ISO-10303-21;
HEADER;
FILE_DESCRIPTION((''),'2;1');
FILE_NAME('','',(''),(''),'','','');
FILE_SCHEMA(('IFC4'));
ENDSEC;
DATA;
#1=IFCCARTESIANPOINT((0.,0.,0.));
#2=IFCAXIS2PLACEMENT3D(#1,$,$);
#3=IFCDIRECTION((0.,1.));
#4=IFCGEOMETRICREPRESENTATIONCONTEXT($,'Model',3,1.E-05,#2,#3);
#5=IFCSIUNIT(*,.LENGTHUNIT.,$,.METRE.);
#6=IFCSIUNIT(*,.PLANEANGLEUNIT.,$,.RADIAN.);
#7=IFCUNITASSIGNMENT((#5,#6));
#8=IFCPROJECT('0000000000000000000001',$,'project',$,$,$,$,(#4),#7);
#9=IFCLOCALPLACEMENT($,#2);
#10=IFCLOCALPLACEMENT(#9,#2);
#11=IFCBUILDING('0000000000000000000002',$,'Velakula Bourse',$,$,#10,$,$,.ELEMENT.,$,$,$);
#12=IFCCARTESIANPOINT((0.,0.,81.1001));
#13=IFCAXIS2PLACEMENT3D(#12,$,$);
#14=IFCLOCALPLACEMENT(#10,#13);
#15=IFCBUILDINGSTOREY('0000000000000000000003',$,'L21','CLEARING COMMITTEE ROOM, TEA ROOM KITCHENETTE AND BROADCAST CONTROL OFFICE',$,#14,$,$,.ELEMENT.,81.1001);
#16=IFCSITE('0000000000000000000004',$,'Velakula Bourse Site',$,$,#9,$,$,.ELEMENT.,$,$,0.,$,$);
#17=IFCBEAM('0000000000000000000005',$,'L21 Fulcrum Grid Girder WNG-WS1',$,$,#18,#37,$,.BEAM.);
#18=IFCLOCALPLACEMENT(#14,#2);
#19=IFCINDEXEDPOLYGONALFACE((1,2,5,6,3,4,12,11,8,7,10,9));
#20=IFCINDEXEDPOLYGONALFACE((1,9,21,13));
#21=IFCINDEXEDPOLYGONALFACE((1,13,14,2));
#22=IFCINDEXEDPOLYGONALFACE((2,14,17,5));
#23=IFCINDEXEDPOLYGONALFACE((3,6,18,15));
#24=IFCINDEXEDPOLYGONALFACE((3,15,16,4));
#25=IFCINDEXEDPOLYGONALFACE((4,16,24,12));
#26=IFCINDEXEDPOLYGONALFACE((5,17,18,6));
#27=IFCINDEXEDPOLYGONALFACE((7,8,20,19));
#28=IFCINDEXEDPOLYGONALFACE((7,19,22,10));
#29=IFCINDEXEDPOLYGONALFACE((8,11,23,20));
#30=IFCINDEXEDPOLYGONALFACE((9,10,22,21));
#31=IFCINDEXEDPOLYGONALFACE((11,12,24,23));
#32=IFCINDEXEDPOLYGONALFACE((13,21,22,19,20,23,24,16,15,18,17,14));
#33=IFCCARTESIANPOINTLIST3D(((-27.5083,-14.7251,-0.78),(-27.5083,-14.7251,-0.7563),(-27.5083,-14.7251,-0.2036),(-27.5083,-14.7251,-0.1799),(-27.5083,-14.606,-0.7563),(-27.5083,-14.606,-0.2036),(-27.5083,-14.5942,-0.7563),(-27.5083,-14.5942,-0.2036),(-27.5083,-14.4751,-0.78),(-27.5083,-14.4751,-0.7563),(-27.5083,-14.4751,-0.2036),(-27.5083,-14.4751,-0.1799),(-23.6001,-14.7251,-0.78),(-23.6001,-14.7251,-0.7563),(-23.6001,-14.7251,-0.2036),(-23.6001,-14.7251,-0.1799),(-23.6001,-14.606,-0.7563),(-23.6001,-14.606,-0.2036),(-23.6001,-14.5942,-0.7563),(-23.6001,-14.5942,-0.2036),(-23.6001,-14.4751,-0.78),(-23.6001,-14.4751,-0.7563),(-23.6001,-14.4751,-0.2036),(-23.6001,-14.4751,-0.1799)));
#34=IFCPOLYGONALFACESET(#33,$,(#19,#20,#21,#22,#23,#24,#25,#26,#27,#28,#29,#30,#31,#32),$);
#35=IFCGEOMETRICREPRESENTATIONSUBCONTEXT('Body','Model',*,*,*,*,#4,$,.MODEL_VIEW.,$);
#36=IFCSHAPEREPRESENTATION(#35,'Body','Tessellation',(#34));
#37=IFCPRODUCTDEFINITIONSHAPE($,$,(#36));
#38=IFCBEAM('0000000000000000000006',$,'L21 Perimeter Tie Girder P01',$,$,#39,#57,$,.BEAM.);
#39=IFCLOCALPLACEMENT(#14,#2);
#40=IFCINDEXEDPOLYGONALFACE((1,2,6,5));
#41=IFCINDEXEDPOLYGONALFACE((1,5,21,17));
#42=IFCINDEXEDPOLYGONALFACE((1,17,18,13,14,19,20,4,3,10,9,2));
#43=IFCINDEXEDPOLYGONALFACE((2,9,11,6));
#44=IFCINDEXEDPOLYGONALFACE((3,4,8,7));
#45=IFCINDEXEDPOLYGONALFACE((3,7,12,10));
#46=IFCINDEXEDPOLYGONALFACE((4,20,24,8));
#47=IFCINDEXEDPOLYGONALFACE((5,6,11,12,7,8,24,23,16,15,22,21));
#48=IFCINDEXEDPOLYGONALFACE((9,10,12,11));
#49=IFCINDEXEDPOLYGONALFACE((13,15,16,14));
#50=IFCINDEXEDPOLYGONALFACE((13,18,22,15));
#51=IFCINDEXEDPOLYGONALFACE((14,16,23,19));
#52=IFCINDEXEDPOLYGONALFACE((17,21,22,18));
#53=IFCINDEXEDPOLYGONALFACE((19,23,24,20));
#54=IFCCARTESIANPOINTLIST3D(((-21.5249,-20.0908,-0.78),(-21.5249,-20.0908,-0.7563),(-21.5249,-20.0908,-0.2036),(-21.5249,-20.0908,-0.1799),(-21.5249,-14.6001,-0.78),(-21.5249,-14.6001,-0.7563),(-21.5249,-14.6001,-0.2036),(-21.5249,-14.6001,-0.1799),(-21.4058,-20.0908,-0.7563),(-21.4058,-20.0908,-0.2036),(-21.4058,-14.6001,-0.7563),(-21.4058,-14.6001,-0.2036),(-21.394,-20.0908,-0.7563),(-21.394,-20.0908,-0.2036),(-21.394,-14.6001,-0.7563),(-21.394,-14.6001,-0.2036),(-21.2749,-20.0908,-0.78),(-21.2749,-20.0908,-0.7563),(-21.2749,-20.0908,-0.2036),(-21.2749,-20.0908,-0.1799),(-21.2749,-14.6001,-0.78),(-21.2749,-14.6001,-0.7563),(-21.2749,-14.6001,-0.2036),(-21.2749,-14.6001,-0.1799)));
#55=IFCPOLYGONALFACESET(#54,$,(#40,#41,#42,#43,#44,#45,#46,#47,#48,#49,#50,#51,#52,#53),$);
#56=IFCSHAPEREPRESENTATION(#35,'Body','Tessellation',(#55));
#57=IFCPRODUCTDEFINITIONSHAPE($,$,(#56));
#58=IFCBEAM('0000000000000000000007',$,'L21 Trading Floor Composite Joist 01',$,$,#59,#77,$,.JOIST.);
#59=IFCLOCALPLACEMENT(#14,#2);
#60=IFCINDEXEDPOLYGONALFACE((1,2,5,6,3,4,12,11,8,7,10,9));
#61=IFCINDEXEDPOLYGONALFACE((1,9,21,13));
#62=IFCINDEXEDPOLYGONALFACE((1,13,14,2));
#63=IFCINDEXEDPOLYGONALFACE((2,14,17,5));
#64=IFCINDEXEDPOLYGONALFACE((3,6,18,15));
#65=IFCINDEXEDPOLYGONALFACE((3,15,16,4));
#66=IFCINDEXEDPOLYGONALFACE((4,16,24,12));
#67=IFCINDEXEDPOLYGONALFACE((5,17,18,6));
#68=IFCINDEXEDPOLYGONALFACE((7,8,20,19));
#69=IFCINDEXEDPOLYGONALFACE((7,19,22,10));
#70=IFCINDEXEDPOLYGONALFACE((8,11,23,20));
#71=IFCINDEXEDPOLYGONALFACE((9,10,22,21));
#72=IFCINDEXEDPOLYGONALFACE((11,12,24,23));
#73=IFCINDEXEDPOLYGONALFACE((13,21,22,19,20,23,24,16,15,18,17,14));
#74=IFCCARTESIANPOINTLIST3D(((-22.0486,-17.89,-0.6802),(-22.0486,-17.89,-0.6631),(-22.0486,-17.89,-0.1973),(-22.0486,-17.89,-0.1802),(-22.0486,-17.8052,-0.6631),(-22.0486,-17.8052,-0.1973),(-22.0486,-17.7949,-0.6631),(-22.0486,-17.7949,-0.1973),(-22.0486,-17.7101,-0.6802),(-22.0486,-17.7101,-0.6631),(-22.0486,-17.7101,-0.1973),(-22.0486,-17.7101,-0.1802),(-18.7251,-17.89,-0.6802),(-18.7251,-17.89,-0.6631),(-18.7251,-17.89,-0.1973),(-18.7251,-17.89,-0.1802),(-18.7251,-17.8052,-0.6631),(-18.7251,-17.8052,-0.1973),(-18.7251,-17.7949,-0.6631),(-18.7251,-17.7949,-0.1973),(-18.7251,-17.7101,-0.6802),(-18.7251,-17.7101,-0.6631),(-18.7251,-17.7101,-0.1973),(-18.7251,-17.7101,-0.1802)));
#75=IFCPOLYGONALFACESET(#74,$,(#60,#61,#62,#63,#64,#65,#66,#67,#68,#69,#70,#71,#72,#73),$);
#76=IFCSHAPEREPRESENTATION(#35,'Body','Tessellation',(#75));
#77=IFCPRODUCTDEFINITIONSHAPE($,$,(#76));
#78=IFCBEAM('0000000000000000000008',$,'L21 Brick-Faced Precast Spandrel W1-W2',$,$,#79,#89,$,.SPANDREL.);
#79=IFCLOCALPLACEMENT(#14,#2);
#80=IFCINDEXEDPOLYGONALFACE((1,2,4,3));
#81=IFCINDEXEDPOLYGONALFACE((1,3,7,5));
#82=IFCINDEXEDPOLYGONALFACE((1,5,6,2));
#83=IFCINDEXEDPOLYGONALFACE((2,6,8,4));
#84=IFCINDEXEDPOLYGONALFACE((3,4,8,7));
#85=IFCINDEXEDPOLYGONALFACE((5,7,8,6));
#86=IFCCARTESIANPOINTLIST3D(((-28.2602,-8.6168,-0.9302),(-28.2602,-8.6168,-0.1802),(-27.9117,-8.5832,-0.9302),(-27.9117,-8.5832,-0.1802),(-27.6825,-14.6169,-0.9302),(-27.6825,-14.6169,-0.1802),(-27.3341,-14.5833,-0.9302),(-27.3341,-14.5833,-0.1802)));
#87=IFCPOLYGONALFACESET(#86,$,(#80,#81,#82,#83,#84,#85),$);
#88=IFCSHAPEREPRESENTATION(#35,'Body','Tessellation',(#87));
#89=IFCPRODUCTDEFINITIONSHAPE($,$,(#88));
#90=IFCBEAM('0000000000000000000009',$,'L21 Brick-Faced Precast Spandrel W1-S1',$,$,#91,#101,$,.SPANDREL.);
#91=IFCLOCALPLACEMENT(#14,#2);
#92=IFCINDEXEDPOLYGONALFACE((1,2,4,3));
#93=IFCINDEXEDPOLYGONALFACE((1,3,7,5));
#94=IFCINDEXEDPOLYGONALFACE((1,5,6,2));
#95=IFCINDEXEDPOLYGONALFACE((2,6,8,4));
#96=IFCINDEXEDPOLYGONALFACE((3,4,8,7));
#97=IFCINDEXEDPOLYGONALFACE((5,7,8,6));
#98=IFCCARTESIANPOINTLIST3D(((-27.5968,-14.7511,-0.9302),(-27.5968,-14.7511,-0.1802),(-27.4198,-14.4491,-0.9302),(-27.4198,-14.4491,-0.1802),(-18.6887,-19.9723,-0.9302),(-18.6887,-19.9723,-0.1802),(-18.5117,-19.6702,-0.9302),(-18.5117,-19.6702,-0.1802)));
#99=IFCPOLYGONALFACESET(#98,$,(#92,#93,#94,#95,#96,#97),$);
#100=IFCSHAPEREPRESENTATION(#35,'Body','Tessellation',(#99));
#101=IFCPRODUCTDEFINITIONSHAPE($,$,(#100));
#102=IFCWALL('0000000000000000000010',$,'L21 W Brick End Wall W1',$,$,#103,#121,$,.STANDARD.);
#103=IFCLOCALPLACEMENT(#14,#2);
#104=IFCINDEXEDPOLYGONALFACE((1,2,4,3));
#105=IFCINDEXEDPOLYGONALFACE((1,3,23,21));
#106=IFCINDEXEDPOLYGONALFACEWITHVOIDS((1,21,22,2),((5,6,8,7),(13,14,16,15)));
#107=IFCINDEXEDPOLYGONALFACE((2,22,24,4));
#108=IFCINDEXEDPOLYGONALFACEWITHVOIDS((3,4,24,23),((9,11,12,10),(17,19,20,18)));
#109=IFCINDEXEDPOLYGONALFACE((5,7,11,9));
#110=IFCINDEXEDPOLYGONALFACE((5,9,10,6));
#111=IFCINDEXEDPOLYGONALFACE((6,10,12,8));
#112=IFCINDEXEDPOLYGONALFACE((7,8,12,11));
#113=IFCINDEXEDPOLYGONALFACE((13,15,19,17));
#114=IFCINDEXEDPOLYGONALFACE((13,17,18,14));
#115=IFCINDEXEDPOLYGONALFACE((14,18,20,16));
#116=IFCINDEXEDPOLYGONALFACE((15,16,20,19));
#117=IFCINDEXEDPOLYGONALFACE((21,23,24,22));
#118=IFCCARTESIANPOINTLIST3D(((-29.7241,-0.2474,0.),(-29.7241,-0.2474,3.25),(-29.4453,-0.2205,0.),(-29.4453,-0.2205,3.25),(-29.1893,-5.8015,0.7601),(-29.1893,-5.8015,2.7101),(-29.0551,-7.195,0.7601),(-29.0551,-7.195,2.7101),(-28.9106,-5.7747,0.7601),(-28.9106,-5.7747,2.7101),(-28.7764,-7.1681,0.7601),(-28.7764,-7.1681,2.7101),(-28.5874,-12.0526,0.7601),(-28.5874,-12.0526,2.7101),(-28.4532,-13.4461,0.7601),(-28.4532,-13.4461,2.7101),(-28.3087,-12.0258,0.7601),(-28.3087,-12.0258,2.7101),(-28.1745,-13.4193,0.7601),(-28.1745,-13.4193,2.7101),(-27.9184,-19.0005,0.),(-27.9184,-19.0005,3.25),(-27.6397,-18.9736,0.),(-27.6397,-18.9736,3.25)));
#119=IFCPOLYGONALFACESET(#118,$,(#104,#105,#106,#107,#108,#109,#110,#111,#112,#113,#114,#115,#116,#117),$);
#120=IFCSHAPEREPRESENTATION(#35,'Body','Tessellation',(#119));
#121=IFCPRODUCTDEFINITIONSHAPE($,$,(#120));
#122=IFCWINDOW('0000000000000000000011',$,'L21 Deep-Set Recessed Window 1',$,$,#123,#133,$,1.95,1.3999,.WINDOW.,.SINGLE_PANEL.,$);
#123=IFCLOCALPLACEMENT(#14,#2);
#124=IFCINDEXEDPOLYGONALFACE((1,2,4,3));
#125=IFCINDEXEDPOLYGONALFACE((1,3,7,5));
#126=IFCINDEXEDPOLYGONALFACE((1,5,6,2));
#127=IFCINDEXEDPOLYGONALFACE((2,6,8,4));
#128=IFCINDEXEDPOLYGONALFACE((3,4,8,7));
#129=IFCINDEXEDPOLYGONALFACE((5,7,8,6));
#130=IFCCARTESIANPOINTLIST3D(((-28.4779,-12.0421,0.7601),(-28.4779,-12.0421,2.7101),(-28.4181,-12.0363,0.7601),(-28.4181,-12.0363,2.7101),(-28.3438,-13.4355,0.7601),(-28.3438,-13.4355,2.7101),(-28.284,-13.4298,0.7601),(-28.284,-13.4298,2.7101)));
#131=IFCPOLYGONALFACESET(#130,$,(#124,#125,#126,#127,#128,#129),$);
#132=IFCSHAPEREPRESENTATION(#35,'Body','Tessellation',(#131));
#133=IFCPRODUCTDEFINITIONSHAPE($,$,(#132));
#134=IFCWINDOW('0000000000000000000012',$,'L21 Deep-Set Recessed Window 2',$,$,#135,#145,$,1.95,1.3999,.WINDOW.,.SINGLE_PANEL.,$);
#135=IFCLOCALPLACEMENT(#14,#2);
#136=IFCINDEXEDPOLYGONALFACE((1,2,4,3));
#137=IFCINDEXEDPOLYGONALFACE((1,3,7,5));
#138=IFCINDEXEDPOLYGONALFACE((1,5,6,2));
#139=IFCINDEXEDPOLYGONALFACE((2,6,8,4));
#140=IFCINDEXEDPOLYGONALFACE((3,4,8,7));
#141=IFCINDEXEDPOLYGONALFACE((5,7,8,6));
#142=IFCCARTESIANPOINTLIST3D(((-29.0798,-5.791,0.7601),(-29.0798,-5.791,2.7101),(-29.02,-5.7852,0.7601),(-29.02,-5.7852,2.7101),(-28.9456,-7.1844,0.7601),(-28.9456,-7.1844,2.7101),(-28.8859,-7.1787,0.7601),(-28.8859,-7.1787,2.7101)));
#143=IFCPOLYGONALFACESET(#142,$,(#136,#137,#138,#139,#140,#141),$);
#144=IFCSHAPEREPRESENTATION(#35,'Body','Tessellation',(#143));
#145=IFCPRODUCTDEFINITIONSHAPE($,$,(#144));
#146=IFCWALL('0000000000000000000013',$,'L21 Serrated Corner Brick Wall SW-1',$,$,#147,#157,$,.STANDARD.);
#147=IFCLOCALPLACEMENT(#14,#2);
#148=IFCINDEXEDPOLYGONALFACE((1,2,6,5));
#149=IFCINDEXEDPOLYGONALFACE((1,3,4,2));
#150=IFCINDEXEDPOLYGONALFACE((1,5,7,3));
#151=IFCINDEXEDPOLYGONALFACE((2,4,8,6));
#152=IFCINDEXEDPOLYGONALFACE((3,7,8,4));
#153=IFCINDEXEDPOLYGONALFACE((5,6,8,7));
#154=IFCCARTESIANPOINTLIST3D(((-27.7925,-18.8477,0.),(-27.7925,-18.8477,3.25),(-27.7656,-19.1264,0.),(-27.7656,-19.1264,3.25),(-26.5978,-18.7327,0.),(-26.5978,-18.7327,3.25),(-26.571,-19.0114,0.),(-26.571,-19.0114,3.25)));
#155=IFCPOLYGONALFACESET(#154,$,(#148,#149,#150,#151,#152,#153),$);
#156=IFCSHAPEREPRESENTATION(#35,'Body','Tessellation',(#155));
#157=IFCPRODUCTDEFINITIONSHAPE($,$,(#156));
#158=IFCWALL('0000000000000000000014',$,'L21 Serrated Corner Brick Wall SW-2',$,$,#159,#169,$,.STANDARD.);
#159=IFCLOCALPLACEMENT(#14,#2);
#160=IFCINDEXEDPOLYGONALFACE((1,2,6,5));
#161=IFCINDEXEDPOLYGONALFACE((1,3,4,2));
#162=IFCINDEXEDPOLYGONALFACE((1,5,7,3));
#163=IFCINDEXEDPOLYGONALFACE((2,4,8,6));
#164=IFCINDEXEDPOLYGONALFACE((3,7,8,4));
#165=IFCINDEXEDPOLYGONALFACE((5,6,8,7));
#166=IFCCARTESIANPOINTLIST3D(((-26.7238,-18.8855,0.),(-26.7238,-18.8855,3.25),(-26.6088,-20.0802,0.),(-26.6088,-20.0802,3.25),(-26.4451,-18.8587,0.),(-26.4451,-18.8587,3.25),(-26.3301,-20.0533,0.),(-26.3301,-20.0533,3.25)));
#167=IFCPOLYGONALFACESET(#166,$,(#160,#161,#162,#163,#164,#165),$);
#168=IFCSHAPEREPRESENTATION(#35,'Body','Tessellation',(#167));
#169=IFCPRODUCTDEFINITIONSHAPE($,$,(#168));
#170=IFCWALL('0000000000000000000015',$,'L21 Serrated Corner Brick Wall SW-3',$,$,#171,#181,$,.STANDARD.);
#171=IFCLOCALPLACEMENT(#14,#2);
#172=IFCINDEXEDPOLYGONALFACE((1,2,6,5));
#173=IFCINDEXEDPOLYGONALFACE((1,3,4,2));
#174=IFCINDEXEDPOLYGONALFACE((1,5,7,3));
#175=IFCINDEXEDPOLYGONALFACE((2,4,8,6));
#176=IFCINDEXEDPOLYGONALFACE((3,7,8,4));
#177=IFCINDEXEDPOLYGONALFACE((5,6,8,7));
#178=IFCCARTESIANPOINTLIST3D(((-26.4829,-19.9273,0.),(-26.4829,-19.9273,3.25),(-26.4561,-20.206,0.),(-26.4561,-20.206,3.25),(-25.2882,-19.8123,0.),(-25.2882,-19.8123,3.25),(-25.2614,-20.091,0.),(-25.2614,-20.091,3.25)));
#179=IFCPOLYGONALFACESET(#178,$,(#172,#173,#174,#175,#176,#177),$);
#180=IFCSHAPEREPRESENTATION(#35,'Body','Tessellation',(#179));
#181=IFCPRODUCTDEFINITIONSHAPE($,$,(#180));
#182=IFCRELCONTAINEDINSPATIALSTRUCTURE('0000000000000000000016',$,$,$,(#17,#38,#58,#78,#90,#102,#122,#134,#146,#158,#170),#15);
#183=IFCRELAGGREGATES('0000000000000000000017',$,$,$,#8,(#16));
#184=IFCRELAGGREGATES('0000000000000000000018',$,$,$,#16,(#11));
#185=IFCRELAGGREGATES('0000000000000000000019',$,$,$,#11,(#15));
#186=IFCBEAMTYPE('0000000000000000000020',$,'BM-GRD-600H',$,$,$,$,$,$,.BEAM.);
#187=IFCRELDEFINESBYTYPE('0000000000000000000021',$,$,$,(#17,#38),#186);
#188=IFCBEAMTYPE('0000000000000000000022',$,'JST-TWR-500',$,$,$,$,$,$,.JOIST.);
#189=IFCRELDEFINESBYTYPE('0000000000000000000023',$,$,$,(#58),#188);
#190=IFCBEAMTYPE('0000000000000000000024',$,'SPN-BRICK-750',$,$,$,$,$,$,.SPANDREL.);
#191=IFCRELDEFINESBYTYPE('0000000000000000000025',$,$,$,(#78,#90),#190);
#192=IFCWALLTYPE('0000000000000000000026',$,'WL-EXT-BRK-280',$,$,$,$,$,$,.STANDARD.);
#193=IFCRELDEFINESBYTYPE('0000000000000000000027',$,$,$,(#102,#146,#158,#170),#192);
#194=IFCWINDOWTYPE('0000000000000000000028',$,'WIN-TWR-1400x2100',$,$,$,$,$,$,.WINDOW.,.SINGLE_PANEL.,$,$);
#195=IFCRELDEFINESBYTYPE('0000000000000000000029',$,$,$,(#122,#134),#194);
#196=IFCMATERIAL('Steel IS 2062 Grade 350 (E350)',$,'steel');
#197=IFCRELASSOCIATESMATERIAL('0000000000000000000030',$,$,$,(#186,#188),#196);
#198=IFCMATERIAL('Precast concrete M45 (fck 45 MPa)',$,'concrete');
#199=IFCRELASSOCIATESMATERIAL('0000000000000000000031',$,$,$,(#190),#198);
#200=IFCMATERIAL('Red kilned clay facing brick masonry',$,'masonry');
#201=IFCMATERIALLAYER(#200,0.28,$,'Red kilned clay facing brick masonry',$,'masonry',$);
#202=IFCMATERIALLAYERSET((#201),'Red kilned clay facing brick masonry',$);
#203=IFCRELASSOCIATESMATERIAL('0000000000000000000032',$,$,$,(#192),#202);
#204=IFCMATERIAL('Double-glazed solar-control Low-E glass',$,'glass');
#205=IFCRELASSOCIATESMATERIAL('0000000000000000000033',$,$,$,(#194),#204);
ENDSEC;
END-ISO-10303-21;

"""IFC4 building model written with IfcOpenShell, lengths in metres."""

from ifc_helpers import new_model, si_unit, direction, frame, frame_2d, origin, origin_2d, place, context, subcontext, project, spatial, rectangle, i_section, extrude, material, layer, layer_set, material_profile, profile_set, type_object, element, fill, save


model = new_model("IFC4")

# Units and contexts
model_context = context("Model", 3, precision=1e-05, world=origin(), true_north=direction((0.0, 1.0)))
body_context = subcontext(model_context, "Body", "Model", "MODEL_VIEW")
ifc_project = project(units=[si_unit("LENGTHUNIT", "METRE"), si_unit("PLANEANGLEUNIT", "RADIAN")], contexts=[model_context])

# Site, building, storey
site_placement = place(None, origin())
site = spatial("IfcSite", under=ifc_project, at=site_placement, Name="Velakula Bourse Site", CompositionType="ELEMENT", RefElevation=0.0)
building_placement = place(site_placement, origin())
building = spatial("IfcBuilding", under=site, at=building_placement, Name="Velakula Bourse", CompositionType="ELEMENT")
storey_placement = place(building_placement, frame((0.0, 0.0, 81.1001)))
storey = spatial("IfcBuildingStorey", under=building, at=storey_placement, Name="L21", Description="CLEARING COMMITTEE ROOM, TEA ROOM KITCHENETTE AND BROADCAST CONTROL OFFICE", CompositionType="ELEMENT", Elevation=81.1001)

# Shared definitions
ifc_material_1 = material(Name="Precast concrete M45 (fck 45 MPa)", Category="concrete")

# Beams
ifc_material_2 = material(Name="Steel IS 2062 Grade 350 (E350)", Category="steel")
ifc_material_profile_1 = material_profile(ifc_material_2, i_section(OverallWidth=0.25, OverallDepth=0.6001, WebThickness=0.0117, FlangeThickness=0.0237, at=origin_2d()), Name="Steel IS 2062 Grade 350 (E350)")
ifc_profile_set_1 = profile_set([ifc_material_profile_1], Name="Steel IS 2062 Grade 350 (E350)")
beam_type_1 = type_object("IfcBeamType", Name="BM-GRD-600H", PredefinedType="BEAM", material=ifc_profile_set_1)
beam_1_placement = place(storey_placement, frame((-27.5083, -14.6001, -0.48), z_axis=(1.0, 0.0, 0.0), x_axis=(0.0, 1.0, 0.0)))
element("IfcBeam", 1, at=beam_1_placement, inside=storey, type_object=beam_type_1, Name="L21 Fulcrum Grid Girder WNG-WS1", PredefinedType="BEAM", context=body_context, shape_type="SweptSolid", body=[
    extrude(i_section(OverallWidth=0.25, OverallDepth=0.6001, WebThickness=0.0117, FlangeThickness=0.0237, at=origin_2d()), origin(), (0.0, 0.0, 1.0), 3.9082),
])
beam_2_placement = place(storey_placement, frame((-21.3999, -14.6001, -0.48), z_axis=(0.0, -1.0, 0.0), x_axis=(1.0, 0.0, 0.0)))
element("IfcBeam", 2, at=beam_2_placement, inside=storey, type_object=beam_type_1, Name="L21 Perimeter Tie Girder P01", PredefinedType="BEAM", context=body_context, shape_type="SweptSolid", body=[
    extrude(i_section(OverallWidth=0.25, OverallDepth=0.6001, WebThickness=0.0117, FlangeThickness=0.0237, at=origin_2d()), origin(), (0.0, 0.0, 1.0), 5.4907),
])
ifc_material_profile_2 = material_profile(ifc_material_2, i_section(OverallWidth=0.1799, OverallDepth=0.5, WebThickness=0.0103, FlangeThickness=0.0171, at=origin_2d()), Name="Steel IS 2062 Grade 350 (E350)")
ifc_profile_set_2 = profile_set([ifc_material_profile_2], Name="Steel IS 2062 Grade 350 (E350)")
beam_type_2 = type_object("IfcBeamType", Name="JST-TWR-500", PredefinedType="JOIST", material=ifc_profile_set_2)
beam_3_placement = place(storey_placement, frame((-22.0486, -17.8, -0.4302), z_axis=(1.0, 0.0, 0.0), x_axis=(0.0, 1.0, 0.0)))
element("IfcBeam", 3, at=beam_3_placement, inside=storey, type_object=beam_type_2, Name="L21 Trading Floor Composite Joist 01", PredefinedType="JOIST", context=body_context, shape_type="SweptSolid", body=[
    extrude(i_section(OverallWidth=0.1799, OverallDepth=0.5, WebThickness=0.0103, FlangeThickness=0.0171, at=origin_2d()), origin(), (0.0, 0.0, 1.0), 3.3235),
])
ifc_material_profile_3 = material_profile(ifc_material_1, rectangle(XDim=0.3501, YDim=0.75, at=origin_2d()), Name="Precast concrete M45 (fck 45 MPa)")
ifc_profile_set_3 = profile_set([ifc_material_profile_3], Name="Precast concrete M45 (fck 45 MPa)")
beam_type_3 = type_object("IfcBeamType", Name="SPN-BRICK-750", PredefinedType="SPANDREL", material=ifc_profile_set_3)
beam_4_placement = place(storey_placement, frame((-27.5083, -14.6001, -0.5552), z_axis=(-0.09583, 0.995398, 0.0), x_axis=(-0.995398, -0.09583, 0.0)))
element("IfcBeam", 4, at=beam_4_placement, inside=storey, type_object=beam_type_3, Name="L21 Brick-Faced Precast Spandrel W1-W2", PredefinedType="SPANDREL", context=body_context, shape_type="SweptSolid", body=[
    extrude(rectangle(XDim=0.3501, YDim=0.75, at=origin_2d()), origin(), (0.0, 0.0, 1.0), 6.0278),
])
beam_5_placement = place(storey_placement, frame((-27.5083, -14.6001, -0.5552), z_axis=(0.862734, -0.505658, 0.0), x_axis=(0.505658, 0.862734, 0.0)))
element("IfcBeam", 5, at=beam_5_placement, inside=storey, type_object=beam_type_3, Name="L21 Brick-Faced Precast Spandrel W1-S1", PredefinedType="SPANDREL", context=body_context, shape_type="SweptSolid", body=[
    extrude(rectangle(XDim=0.3501, YDim=0.75, at=origin_2d()), origin(), (0.0, 0.0, 1.0), 10.3254),
])

# Wall, openings, windows
ifc_material_3 = material(Name="Red kilned clay facing brick masonry", Category="masonry")
ifc_layer_1 = layer(ifc_material_3, 0.28, Name="Red kilned clay facing brick masonry", Category="masonry")
ifc_layer_set_1 = layer_set([ifc_layer_1], Name="Red kilned clay facing brick masonry")
wall_type_1 = type_object("IfcWallType", Name="WL-EXT-BRK-280", PredefinedType="STANDARD", material=ifc_layer_set_1)
wall_1_placement = place(storey_placement, frame((-27.7791, -18.9871, 0.0), z_axis=(0.0, 0.0, 1.0), x_axis=(-0.095843, 0.995397, 0.0)))
wall_1 = element("IfcWall", 6, at=wall_1_placement, inside=storey, type_object=wall_type_1, Name="L21 W Brick End Wall W1", PredefinedType="STANDARD", context=body_context, shape_type="SweptSolid", body=[
    extrude(rectangle(XDim=18.8398, YDim=0.28, at=frame_2d((9.4199, 0.0))), origin(), (0.0, 0.0, 1.0), 3.25),
])
opening_1_placement = place(wall_1_placement, frame((5.5801, 0.0, 0.76)))
opening_1 = element("IfcOpeningElement", 7, at=opening_1_placement, cuts=wall_1, PredefinedType="OPENING", context=body_context, shape_type="SweptSolid", body=[
    extrude(rectangle(XDim=1.3999, YDim=1.95, at=frame_2d((0.7, 0.9751))), frame((0.0, 0.1499, 0.0), z_axis=(0.0, -1.0, 0.0), x_axis=(1.0, 0.0, 0.0)), (0.0, 0.0, 1.0), 0.3),
])
opening_2_placement = place(wall_1_placement, frame((11.8601, 0.0, 0.76)))
opening_2 = element("IfcOpeningElement", 8, at=opening_2_placement, cuts=wall_1, PredefinedType="OPENING", context=body_context, shape_type="SweptSolid", body=[
    extrude(rectangle(XDim=1.3999, YDim=1.95, at=frame_2d((0.7, 0.9751))), frame((0.0, 0.1499, 0.0), z_axis=(0.0, -1.0, 0.0), x_axis=(1.0, 0.0, 0.0)), (0.0, 0.0, 1.0), 0.3),
])
ifc_material_4 = material(Name="Double-glazed solar-control Low-E glass", Category="glass")
window_type = type_object("IfcWindowType", Name="WIN-TWR-1400x2100", PartitioningType="SINGLE_PANEL", PredefinedType="WINDOW", material=ifc_material_4)
window_1_placement = place(opening_1_placement, origin())
window_1 = element("IfcWindow", 9, at=window_1_placement, inside=storey, type_object=window_type, Name="L21 Deep-Set Recessed Window 1", OverallHeight=1.95, OverallWidth=1.3999, PartitioningType="SINGLE_PANEL", PredefinedType="WINDOW", context=body_context, shape_type="SweptSolid", body=[
    extrude(rectangle(XDim=1.3999, YDim=1.95, at=frame_2d((0.7, 0.9751))), frame((0.0, 0.03, 0.0), z_axis=(0.0, -1.0, 0.0), x_axis=(1.0, 0.0, 0.0)), (0.0, 0.0, 1.0), 0.0601),
])
fill(opening_1, window_1)
window_2_placement = place(opening_2_placement, origin())
window_2 = element("IfcWindow", 10, at=window_2_placement, inside=storey, type_object=window_type, Name="L21 Deep-Set Recessed Window 2", OverallHeight=1.95, OverallWidth=1.3999, PartitioningType="SINGLE_PANEL", PredefinedType="WINDOW", context=body_context, shape_type="SweptSolid", body=[
    extrude(rectangle(XDim=1.3999, YDim=1.95, at=frame_2d((0.7, 0.9751))), frame((0.0, 0.03, 0.0), z_axis=(0.0, -1.0, 0.0), x_axis=(1.0, 0.0, 0.0)), (0.0, 0.0, 1.0), 0.0601),
])
fill(opening_2, window_2)

# Walls
for number, where, z_axis, x_axis, name in (
    (11, (-27.7791, -18.9871, 0.0), (0.0, 0.0, 1.0), (0.995399, 0.095817, 0.0), "L21 Serrated Corner Brick Wall SW-1"),
    (12, (-26.5845, -18.8721, 0.0), (0.0, 0.0, 1.0), (0.095817, -0.995399, 0.0), "L21 Serrated Corner Brick Wall SW-2"),
    (13, (-26.4695, -20.0667, 0.0), (0.0, 0.0, 1.0), (0.995399, 0.095817, 0.0), "L21 Serrated Corner Brick Wall SW-3"),
):
    element("IfcWall", number, at=place(storey_placement, frame(where, z_axis=z_axis, x_axis=x_axis)), inside=storey, type_object=wall_type_1, Name=name, PredefinedType="STANDARD", context=body_context, shape_type="SweptSolid", body=[
        extrude(rectangle(XDim=1.2002, YDim=0.28, at=frame_2d((0.6001, 0.0))), origin(), (0.0, 0.0, 1.0), 3.25),
    ])

save(model, "model.ifc")
